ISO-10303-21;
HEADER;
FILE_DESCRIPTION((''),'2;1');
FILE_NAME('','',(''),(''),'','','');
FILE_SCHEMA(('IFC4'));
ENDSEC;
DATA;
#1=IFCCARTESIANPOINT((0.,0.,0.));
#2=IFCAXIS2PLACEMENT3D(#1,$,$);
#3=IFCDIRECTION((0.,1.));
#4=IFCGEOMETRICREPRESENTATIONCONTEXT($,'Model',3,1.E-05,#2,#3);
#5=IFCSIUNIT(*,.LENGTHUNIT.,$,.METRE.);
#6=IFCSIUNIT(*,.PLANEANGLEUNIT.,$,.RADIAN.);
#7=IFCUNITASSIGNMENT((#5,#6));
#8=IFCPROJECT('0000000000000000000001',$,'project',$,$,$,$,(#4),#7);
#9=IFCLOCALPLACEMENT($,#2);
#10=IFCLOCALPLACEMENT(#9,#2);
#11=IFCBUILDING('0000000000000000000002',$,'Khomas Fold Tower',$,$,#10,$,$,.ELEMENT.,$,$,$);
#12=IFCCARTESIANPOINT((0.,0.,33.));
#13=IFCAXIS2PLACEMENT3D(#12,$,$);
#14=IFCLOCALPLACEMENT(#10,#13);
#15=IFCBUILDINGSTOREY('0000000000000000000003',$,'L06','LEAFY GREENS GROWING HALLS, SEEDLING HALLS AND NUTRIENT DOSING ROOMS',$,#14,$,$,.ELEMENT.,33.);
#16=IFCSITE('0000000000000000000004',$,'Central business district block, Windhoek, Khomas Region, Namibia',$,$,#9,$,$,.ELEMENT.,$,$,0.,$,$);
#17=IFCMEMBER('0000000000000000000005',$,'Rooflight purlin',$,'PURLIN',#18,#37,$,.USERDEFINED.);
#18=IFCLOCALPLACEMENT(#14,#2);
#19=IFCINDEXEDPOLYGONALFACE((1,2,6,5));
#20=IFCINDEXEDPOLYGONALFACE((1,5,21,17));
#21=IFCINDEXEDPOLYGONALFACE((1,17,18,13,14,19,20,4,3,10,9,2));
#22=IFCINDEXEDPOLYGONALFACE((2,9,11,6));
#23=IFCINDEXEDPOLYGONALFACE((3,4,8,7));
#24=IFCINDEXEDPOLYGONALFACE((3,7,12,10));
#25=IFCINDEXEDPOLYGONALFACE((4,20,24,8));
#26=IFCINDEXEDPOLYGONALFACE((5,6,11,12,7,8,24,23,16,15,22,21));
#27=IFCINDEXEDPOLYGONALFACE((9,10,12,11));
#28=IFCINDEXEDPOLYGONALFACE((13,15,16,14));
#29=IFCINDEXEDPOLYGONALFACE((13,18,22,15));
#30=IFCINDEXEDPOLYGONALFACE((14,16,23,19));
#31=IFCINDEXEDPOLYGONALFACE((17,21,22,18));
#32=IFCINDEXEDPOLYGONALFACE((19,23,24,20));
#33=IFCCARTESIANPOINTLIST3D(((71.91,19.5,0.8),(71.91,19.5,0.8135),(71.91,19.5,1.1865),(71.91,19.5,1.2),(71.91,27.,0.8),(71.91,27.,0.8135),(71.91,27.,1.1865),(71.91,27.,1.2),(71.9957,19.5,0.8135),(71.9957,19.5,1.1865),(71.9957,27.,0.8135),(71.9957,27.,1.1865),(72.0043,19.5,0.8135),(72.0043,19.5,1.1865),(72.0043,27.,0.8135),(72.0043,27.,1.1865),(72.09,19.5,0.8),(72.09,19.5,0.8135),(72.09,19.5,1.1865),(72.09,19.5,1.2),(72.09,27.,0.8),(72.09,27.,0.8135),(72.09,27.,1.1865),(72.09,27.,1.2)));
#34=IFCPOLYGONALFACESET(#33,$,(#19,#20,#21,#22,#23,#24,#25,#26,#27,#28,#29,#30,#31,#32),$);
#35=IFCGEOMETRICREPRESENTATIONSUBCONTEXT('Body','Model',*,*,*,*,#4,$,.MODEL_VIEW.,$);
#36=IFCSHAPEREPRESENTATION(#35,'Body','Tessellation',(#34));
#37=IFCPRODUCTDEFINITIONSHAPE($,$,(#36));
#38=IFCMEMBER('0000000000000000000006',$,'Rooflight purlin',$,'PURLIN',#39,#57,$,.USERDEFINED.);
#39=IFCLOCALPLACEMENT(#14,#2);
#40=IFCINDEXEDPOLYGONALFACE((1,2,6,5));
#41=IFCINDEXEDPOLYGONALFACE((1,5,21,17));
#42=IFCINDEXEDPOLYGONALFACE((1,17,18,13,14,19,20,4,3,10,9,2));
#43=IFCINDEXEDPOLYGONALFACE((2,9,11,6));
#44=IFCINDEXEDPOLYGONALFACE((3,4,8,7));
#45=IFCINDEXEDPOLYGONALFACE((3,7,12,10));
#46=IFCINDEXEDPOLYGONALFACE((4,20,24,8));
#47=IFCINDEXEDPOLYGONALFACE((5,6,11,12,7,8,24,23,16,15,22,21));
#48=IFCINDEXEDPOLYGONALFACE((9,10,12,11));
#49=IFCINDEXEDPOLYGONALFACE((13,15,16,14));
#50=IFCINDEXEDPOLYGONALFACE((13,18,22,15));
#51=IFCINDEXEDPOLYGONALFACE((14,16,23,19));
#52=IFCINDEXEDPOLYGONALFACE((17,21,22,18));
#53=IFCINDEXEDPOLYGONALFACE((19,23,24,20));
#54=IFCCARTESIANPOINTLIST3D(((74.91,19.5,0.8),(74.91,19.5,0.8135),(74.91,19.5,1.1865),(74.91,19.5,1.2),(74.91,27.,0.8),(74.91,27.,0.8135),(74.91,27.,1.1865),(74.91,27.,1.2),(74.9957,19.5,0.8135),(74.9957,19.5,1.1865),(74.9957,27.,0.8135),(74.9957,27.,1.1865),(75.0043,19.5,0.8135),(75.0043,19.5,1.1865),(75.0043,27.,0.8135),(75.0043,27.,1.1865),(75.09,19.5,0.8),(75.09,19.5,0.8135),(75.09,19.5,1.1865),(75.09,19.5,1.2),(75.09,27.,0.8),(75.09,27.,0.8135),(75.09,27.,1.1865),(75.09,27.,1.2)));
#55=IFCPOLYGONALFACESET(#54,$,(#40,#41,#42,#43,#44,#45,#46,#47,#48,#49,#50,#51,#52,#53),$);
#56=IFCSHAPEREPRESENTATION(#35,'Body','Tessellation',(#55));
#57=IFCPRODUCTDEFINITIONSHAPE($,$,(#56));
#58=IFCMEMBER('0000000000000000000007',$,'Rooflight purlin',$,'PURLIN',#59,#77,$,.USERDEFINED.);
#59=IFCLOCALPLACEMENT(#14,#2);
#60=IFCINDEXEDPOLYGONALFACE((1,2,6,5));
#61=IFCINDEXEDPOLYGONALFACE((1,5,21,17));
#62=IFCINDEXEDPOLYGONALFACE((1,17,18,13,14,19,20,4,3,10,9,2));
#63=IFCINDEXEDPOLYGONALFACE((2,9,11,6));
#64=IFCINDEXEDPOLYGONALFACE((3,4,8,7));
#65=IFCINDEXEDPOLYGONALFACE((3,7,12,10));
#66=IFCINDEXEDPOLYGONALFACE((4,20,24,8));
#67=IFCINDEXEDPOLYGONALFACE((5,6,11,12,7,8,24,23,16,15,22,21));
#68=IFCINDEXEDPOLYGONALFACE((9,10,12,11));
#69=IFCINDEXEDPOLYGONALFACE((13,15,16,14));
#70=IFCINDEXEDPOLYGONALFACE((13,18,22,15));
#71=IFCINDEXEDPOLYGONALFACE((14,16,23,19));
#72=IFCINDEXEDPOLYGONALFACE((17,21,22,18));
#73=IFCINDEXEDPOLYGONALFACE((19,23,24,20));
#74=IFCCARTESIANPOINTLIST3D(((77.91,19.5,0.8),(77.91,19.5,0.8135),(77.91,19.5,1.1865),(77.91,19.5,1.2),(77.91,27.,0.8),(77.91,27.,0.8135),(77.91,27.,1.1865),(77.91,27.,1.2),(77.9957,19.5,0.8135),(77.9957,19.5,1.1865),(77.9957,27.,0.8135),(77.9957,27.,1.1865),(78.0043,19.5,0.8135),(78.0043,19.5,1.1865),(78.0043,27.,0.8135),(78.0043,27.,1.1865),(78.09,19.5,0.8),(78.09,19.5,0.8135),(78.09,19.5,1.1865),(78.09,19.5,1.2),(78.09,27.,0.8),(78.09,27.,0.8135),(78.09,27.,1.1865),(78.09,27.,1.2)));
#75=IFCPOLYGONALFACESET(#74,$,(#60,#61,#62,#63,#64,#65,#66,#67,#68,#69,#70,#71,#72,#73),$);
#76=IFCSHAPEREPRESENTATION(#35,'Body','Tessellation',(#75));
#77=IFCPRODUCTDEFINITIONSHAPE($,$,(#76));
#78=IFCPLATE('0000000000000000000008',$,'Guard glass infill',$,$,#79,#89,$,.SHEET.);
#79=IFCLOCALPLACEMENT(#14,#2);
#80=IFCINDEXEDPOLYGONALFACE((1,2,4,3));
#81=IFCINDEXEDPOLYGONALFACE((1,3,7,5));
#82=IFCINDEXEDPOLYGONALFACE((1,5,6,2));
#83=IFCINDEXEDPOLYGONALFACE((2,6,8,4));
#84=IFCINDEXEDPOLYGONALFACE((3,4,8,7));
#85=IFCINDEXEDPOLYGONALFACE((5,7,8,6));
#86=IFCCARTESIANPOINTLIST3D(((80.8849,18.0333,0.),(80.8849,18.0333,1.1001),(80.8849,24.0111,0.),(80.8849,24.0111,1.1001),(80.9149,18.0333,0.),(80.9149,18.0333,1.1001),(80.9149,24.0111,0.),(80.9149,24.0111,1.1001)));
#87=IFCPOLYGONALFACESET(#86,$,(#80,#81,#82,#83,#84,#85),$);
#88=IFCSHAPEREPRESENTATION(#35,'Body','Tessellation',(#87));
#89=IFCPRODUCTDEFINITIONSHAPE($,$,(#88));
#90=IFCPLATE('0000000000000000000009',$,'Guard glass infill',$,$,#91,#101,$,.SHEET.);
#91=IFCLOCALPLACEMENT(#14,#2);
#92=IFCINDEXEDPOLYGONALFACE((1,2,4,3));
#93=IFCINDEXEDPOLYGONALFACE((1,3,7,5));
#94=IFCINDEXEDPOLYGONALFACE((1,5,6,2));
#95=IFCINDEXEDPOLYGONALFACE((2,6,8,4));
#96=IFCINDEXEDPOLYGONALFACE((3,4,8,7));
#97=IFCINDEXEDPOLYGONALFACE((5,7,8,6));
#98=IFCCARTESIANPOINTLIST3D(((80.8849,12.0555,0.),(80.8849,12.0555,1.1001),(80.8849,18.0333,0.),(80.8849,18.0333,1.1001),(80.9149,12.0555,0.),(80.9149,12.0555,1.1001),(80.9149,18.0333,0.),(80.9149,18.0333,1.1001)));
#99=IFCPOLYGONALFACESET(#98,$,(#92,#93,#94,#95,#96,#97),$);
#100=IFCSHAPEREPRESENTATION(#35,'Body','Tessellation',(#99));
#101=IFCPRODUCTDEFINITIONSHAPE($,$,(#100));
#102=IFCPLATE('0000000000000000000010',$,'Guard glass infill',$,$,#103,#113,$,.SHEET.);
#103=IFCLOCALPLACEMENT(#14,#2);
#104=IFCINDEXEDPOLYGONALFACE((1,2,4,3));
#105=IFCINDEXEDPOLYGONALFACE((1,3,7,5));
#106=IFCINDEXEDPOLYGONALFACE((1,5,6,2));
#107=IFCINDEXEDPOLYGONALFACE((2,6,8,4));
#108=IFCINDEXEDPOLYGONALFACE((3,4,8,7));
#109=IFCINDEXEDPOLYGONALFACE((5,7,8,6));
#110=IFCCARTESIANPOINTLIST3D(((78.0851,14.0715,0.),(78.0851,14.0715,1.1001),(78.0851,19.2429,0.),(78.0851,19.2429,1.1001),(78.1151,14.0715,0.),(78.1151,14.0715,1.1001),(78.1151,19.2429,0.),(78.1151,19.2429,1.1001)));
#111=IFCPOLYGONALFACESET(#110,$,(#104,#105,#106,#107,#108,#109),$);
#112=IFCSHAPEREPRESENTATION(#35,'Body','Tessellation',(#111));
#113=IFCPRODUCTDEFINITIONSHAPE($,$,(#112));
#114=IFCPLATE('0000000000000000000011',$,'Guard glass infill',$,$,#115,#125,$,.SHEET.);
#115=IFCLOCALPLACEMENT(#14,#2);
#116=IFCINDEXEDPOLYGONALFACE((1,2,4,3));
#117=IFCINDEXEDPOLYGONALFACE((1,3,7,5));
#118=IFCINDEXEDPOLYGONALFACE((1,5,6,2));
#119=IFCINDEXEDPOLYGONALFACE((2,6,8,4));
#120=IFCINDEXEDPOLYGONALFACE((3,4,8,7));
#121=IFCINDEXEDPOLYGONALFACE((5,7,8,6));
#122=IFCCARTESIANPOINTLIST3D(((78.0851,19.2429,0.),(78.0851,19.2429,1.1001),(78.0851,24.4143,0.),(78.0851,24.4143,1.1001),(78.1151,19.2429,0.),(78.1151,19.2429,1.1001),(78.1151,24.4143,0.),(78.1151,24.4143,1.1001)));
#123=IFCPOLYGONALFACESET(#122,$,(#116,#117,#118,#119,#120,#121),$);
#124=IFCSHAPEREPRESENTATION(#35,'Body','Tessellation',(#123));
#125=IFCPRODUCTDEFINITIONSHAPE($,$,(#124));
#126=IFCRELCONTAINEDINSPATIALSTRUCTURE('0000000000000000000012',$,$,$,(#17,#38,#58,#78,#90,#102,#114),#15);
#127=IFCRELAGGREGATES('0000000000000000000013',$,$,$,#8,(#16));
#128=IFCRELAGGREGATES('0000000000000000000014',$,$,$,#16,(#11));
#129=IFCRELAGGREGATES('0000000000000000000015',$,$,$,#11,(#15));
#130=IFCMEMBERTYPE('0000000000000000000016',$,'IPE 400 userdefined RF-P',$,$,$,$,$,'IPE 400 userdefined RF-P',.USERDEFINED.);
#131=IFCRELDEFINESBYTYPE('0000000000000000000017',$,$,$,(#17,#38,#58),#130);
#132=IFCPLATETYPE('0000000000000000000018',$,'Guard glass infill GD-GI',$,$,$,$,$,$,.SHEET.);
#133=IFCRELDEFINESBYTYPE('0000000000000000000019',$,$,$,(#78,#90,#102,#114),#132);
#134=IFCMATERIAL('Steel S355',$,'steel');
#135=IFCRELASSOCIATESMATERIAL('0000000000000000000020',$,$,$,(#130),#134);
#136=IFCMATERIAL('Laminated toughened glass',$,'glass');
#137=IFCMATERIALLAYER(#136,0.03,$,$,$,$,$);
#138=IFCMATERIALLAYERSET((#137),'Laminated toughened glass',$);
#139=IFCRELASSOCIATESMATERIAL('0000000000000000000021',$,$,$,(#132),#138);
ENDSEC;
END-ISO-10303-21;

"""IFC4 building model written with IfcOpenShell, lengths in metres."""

from ifc_helpers import new_model, si_unit, direction, frame, origin, origin_2d, place, context, subcontext, project, spatial, rectangle, i_section, extrude, source, transform, mapped, material, layer, layer_set, material_profile, profile_set, type_object, element, save


model = new_model("IFC4")

# Units and contexts
model_context = context("Model", 3, precision=1e-05, world=origin(), true_north=direction((0.0, 1.0)))
body_context = subcontext(model_context, "Body", "Model", "MODEL_VIEW")
ifc_project = project(units=[si_unit("LENGTHUNIT", "METRE"), si_unit("PLANEANGLEUNIT", "RADIAN")], contexts=[model_context])

# Site, building, storey
site_placement = place(None, origin())
site = spatial("IfcSite", under=ifc_project, at=site_placement, Name="Central business district block, Windhoek, Khomas Region, Namibia", CompositionType="ELEMENT", RefElevation=0.0)
building_placement = place(site_placement, origin())
building = spatial("IfcBuilding", under=site, at=building_placement, Name="Khomas Fold Tower", CompositionType="ELEMENT")
storey_placement = place(building_placement, frame((0.0, 0.0, 33.0)))
storey = spatial("IfcBuildingStorey", under=building, at=storey_placement, Name="L06", Description="LEAFY GREENS GROWING HALLS, SEEDLING HALLS AND NUTRIENT DOSING ROOMS", CompositionType="ELEMENT", Elevation=33.0)

# Members
ifc_material_1 = material(Name="Steel S355", Category="steel")
ifc_material_profile = material_profile(ifc_material_1, i_section(OverallWidth=0.1799, OverallDepth=0.3999, WebThickness=0.0085, FlangeThickness=0.0134, at=origin_2d()), Name="IPE 400")
ifc_profile_set = profile_set([ifc_material_profile], Name="Steel S355")
member_type = type_object("IfcMemberType", Name="IPE 400 userdefined RF-P", ElementType="IPE 400 userdefined RF-P", PredefinedType="USERDEFINED", material=ifc_profile_set)
shared_shape_1 = source(origin(), body_context, "Body", "SweptSolid", [
    extrude(i_section(OverallWidth=0.1799, OverallDepth=0.3999, WebThickness=0.0085, FlangeThickness=0.0134, at=origin_2d()), origin(), (0.0, 0.0, 1.0), 7.5),
])
for number, where, z_axis, x_axis, name in (
    (1, (72.0, 19.5, 1.0), (0.0, 1.0, 0.0), (-1.0, 0.0, 0.0), "Rooflight purlin"),
    (2, (75.0, 19.5, 1.0), (0.0, 1.0, 0.0), (-1.0, 0.0, 0.0), "Rooflight purlin"),
    (3, (78.0, 19.5, 1.0), (0.0, 1.0, 0.0), (-1.0, 0.0, 0.0), "Rooflight purlin"),
):
    element("IfcMember", number, at=place(storey_placement, frame(where, z_axis=z_axis, x_axis=x_axis)), inside=storey, type_object=member_type, Name=name, ObjectType="PURLIN", PredefinedType="USERDEFINED", context=body_context, shape_type="MappedRepresentation", body=[
        mapped(shared_shape_1, transform((0.0, 0.0, 0.0))),
    ])

# Plates
ifc_material_2 = material(Name="Laminated toughened glass", Category="glass")
ifc_layer = layer(ifc_material_2, 0.03)
ifc_layer_set = layer_set([ifc_layer], Name="Laminated toughened glass")
plate_type = type_object("IfcPlateType", Name="Guard glass infill GD-GI", PredefinedType="SHEET", material=ifc_layer_set)
shared_shape_2 = source(origin(), body_context, "Body", "SweptSolid", [
    extrude(rectangle(XDim=5.9778, YDim=0.03, at=origin_2d()), origin(), (0.0, 0.0, 1.0), 1.1001),
])
for number, where, z_axis, x_axis, name in (
    (4, (80.8999, 21.0222, 0.0), (0.0, 0.0, 1.0), (0.0, -1.0, 0.0), "Guard glass infill"),
    (5, (80.8999, 15.0444, 0.0), (0.0, 0.0, 1.0), (0.0, -1.0, 0.0), "Guard glass infill"),
):
    element("IfcPlate", number, at=place(storey_placement, frame(where, z_axis=z_axis, x_axis=x_axis)), inside=storey, type_object=plate_type, Name=name, PredefinedType="SHEET", context=body_context, shape_type="MappedRepresentation", body=[
        mapped(shared_shape_2, transform((0.0, 0.0, 0.0))),
    ])
shared_shape_3 = source(origin(), body_context, "Body", "SweptSolid", [
    extrude(rectangle(XDim=5.1714, YDim=0.03, at=origin_2d()), origin(), (0.0, 0.0, 1.0), 1.1001),
])
for number, where, z_axis, x_axis, name in (
    (6, (78.1001, 16.6572, 0.0), (0.0, 0.0, 1.0), (0.0, 1.0, 0.0), "Guard glass infill"),
    (7, (78.1001, 21.8286, 0.0), (0.0, 0.0, 1.0), (0.0, 1.0, 0.0), "Guard glass infill"),
):
    element("IfcPlate", number, at=place(storey_placement, frame(where, z_axis=z_axis, x_axis=x_axis)), inside=storey, type_object=plate_type, Name=name, PredefinedType="SHEET", context=body_context, shape_type="MappedRepresentation", body=[
        mapped(shared_shape_3, transform((0.0, 0.0, 0.0))),
    ])

save(model, "model.ifc")
